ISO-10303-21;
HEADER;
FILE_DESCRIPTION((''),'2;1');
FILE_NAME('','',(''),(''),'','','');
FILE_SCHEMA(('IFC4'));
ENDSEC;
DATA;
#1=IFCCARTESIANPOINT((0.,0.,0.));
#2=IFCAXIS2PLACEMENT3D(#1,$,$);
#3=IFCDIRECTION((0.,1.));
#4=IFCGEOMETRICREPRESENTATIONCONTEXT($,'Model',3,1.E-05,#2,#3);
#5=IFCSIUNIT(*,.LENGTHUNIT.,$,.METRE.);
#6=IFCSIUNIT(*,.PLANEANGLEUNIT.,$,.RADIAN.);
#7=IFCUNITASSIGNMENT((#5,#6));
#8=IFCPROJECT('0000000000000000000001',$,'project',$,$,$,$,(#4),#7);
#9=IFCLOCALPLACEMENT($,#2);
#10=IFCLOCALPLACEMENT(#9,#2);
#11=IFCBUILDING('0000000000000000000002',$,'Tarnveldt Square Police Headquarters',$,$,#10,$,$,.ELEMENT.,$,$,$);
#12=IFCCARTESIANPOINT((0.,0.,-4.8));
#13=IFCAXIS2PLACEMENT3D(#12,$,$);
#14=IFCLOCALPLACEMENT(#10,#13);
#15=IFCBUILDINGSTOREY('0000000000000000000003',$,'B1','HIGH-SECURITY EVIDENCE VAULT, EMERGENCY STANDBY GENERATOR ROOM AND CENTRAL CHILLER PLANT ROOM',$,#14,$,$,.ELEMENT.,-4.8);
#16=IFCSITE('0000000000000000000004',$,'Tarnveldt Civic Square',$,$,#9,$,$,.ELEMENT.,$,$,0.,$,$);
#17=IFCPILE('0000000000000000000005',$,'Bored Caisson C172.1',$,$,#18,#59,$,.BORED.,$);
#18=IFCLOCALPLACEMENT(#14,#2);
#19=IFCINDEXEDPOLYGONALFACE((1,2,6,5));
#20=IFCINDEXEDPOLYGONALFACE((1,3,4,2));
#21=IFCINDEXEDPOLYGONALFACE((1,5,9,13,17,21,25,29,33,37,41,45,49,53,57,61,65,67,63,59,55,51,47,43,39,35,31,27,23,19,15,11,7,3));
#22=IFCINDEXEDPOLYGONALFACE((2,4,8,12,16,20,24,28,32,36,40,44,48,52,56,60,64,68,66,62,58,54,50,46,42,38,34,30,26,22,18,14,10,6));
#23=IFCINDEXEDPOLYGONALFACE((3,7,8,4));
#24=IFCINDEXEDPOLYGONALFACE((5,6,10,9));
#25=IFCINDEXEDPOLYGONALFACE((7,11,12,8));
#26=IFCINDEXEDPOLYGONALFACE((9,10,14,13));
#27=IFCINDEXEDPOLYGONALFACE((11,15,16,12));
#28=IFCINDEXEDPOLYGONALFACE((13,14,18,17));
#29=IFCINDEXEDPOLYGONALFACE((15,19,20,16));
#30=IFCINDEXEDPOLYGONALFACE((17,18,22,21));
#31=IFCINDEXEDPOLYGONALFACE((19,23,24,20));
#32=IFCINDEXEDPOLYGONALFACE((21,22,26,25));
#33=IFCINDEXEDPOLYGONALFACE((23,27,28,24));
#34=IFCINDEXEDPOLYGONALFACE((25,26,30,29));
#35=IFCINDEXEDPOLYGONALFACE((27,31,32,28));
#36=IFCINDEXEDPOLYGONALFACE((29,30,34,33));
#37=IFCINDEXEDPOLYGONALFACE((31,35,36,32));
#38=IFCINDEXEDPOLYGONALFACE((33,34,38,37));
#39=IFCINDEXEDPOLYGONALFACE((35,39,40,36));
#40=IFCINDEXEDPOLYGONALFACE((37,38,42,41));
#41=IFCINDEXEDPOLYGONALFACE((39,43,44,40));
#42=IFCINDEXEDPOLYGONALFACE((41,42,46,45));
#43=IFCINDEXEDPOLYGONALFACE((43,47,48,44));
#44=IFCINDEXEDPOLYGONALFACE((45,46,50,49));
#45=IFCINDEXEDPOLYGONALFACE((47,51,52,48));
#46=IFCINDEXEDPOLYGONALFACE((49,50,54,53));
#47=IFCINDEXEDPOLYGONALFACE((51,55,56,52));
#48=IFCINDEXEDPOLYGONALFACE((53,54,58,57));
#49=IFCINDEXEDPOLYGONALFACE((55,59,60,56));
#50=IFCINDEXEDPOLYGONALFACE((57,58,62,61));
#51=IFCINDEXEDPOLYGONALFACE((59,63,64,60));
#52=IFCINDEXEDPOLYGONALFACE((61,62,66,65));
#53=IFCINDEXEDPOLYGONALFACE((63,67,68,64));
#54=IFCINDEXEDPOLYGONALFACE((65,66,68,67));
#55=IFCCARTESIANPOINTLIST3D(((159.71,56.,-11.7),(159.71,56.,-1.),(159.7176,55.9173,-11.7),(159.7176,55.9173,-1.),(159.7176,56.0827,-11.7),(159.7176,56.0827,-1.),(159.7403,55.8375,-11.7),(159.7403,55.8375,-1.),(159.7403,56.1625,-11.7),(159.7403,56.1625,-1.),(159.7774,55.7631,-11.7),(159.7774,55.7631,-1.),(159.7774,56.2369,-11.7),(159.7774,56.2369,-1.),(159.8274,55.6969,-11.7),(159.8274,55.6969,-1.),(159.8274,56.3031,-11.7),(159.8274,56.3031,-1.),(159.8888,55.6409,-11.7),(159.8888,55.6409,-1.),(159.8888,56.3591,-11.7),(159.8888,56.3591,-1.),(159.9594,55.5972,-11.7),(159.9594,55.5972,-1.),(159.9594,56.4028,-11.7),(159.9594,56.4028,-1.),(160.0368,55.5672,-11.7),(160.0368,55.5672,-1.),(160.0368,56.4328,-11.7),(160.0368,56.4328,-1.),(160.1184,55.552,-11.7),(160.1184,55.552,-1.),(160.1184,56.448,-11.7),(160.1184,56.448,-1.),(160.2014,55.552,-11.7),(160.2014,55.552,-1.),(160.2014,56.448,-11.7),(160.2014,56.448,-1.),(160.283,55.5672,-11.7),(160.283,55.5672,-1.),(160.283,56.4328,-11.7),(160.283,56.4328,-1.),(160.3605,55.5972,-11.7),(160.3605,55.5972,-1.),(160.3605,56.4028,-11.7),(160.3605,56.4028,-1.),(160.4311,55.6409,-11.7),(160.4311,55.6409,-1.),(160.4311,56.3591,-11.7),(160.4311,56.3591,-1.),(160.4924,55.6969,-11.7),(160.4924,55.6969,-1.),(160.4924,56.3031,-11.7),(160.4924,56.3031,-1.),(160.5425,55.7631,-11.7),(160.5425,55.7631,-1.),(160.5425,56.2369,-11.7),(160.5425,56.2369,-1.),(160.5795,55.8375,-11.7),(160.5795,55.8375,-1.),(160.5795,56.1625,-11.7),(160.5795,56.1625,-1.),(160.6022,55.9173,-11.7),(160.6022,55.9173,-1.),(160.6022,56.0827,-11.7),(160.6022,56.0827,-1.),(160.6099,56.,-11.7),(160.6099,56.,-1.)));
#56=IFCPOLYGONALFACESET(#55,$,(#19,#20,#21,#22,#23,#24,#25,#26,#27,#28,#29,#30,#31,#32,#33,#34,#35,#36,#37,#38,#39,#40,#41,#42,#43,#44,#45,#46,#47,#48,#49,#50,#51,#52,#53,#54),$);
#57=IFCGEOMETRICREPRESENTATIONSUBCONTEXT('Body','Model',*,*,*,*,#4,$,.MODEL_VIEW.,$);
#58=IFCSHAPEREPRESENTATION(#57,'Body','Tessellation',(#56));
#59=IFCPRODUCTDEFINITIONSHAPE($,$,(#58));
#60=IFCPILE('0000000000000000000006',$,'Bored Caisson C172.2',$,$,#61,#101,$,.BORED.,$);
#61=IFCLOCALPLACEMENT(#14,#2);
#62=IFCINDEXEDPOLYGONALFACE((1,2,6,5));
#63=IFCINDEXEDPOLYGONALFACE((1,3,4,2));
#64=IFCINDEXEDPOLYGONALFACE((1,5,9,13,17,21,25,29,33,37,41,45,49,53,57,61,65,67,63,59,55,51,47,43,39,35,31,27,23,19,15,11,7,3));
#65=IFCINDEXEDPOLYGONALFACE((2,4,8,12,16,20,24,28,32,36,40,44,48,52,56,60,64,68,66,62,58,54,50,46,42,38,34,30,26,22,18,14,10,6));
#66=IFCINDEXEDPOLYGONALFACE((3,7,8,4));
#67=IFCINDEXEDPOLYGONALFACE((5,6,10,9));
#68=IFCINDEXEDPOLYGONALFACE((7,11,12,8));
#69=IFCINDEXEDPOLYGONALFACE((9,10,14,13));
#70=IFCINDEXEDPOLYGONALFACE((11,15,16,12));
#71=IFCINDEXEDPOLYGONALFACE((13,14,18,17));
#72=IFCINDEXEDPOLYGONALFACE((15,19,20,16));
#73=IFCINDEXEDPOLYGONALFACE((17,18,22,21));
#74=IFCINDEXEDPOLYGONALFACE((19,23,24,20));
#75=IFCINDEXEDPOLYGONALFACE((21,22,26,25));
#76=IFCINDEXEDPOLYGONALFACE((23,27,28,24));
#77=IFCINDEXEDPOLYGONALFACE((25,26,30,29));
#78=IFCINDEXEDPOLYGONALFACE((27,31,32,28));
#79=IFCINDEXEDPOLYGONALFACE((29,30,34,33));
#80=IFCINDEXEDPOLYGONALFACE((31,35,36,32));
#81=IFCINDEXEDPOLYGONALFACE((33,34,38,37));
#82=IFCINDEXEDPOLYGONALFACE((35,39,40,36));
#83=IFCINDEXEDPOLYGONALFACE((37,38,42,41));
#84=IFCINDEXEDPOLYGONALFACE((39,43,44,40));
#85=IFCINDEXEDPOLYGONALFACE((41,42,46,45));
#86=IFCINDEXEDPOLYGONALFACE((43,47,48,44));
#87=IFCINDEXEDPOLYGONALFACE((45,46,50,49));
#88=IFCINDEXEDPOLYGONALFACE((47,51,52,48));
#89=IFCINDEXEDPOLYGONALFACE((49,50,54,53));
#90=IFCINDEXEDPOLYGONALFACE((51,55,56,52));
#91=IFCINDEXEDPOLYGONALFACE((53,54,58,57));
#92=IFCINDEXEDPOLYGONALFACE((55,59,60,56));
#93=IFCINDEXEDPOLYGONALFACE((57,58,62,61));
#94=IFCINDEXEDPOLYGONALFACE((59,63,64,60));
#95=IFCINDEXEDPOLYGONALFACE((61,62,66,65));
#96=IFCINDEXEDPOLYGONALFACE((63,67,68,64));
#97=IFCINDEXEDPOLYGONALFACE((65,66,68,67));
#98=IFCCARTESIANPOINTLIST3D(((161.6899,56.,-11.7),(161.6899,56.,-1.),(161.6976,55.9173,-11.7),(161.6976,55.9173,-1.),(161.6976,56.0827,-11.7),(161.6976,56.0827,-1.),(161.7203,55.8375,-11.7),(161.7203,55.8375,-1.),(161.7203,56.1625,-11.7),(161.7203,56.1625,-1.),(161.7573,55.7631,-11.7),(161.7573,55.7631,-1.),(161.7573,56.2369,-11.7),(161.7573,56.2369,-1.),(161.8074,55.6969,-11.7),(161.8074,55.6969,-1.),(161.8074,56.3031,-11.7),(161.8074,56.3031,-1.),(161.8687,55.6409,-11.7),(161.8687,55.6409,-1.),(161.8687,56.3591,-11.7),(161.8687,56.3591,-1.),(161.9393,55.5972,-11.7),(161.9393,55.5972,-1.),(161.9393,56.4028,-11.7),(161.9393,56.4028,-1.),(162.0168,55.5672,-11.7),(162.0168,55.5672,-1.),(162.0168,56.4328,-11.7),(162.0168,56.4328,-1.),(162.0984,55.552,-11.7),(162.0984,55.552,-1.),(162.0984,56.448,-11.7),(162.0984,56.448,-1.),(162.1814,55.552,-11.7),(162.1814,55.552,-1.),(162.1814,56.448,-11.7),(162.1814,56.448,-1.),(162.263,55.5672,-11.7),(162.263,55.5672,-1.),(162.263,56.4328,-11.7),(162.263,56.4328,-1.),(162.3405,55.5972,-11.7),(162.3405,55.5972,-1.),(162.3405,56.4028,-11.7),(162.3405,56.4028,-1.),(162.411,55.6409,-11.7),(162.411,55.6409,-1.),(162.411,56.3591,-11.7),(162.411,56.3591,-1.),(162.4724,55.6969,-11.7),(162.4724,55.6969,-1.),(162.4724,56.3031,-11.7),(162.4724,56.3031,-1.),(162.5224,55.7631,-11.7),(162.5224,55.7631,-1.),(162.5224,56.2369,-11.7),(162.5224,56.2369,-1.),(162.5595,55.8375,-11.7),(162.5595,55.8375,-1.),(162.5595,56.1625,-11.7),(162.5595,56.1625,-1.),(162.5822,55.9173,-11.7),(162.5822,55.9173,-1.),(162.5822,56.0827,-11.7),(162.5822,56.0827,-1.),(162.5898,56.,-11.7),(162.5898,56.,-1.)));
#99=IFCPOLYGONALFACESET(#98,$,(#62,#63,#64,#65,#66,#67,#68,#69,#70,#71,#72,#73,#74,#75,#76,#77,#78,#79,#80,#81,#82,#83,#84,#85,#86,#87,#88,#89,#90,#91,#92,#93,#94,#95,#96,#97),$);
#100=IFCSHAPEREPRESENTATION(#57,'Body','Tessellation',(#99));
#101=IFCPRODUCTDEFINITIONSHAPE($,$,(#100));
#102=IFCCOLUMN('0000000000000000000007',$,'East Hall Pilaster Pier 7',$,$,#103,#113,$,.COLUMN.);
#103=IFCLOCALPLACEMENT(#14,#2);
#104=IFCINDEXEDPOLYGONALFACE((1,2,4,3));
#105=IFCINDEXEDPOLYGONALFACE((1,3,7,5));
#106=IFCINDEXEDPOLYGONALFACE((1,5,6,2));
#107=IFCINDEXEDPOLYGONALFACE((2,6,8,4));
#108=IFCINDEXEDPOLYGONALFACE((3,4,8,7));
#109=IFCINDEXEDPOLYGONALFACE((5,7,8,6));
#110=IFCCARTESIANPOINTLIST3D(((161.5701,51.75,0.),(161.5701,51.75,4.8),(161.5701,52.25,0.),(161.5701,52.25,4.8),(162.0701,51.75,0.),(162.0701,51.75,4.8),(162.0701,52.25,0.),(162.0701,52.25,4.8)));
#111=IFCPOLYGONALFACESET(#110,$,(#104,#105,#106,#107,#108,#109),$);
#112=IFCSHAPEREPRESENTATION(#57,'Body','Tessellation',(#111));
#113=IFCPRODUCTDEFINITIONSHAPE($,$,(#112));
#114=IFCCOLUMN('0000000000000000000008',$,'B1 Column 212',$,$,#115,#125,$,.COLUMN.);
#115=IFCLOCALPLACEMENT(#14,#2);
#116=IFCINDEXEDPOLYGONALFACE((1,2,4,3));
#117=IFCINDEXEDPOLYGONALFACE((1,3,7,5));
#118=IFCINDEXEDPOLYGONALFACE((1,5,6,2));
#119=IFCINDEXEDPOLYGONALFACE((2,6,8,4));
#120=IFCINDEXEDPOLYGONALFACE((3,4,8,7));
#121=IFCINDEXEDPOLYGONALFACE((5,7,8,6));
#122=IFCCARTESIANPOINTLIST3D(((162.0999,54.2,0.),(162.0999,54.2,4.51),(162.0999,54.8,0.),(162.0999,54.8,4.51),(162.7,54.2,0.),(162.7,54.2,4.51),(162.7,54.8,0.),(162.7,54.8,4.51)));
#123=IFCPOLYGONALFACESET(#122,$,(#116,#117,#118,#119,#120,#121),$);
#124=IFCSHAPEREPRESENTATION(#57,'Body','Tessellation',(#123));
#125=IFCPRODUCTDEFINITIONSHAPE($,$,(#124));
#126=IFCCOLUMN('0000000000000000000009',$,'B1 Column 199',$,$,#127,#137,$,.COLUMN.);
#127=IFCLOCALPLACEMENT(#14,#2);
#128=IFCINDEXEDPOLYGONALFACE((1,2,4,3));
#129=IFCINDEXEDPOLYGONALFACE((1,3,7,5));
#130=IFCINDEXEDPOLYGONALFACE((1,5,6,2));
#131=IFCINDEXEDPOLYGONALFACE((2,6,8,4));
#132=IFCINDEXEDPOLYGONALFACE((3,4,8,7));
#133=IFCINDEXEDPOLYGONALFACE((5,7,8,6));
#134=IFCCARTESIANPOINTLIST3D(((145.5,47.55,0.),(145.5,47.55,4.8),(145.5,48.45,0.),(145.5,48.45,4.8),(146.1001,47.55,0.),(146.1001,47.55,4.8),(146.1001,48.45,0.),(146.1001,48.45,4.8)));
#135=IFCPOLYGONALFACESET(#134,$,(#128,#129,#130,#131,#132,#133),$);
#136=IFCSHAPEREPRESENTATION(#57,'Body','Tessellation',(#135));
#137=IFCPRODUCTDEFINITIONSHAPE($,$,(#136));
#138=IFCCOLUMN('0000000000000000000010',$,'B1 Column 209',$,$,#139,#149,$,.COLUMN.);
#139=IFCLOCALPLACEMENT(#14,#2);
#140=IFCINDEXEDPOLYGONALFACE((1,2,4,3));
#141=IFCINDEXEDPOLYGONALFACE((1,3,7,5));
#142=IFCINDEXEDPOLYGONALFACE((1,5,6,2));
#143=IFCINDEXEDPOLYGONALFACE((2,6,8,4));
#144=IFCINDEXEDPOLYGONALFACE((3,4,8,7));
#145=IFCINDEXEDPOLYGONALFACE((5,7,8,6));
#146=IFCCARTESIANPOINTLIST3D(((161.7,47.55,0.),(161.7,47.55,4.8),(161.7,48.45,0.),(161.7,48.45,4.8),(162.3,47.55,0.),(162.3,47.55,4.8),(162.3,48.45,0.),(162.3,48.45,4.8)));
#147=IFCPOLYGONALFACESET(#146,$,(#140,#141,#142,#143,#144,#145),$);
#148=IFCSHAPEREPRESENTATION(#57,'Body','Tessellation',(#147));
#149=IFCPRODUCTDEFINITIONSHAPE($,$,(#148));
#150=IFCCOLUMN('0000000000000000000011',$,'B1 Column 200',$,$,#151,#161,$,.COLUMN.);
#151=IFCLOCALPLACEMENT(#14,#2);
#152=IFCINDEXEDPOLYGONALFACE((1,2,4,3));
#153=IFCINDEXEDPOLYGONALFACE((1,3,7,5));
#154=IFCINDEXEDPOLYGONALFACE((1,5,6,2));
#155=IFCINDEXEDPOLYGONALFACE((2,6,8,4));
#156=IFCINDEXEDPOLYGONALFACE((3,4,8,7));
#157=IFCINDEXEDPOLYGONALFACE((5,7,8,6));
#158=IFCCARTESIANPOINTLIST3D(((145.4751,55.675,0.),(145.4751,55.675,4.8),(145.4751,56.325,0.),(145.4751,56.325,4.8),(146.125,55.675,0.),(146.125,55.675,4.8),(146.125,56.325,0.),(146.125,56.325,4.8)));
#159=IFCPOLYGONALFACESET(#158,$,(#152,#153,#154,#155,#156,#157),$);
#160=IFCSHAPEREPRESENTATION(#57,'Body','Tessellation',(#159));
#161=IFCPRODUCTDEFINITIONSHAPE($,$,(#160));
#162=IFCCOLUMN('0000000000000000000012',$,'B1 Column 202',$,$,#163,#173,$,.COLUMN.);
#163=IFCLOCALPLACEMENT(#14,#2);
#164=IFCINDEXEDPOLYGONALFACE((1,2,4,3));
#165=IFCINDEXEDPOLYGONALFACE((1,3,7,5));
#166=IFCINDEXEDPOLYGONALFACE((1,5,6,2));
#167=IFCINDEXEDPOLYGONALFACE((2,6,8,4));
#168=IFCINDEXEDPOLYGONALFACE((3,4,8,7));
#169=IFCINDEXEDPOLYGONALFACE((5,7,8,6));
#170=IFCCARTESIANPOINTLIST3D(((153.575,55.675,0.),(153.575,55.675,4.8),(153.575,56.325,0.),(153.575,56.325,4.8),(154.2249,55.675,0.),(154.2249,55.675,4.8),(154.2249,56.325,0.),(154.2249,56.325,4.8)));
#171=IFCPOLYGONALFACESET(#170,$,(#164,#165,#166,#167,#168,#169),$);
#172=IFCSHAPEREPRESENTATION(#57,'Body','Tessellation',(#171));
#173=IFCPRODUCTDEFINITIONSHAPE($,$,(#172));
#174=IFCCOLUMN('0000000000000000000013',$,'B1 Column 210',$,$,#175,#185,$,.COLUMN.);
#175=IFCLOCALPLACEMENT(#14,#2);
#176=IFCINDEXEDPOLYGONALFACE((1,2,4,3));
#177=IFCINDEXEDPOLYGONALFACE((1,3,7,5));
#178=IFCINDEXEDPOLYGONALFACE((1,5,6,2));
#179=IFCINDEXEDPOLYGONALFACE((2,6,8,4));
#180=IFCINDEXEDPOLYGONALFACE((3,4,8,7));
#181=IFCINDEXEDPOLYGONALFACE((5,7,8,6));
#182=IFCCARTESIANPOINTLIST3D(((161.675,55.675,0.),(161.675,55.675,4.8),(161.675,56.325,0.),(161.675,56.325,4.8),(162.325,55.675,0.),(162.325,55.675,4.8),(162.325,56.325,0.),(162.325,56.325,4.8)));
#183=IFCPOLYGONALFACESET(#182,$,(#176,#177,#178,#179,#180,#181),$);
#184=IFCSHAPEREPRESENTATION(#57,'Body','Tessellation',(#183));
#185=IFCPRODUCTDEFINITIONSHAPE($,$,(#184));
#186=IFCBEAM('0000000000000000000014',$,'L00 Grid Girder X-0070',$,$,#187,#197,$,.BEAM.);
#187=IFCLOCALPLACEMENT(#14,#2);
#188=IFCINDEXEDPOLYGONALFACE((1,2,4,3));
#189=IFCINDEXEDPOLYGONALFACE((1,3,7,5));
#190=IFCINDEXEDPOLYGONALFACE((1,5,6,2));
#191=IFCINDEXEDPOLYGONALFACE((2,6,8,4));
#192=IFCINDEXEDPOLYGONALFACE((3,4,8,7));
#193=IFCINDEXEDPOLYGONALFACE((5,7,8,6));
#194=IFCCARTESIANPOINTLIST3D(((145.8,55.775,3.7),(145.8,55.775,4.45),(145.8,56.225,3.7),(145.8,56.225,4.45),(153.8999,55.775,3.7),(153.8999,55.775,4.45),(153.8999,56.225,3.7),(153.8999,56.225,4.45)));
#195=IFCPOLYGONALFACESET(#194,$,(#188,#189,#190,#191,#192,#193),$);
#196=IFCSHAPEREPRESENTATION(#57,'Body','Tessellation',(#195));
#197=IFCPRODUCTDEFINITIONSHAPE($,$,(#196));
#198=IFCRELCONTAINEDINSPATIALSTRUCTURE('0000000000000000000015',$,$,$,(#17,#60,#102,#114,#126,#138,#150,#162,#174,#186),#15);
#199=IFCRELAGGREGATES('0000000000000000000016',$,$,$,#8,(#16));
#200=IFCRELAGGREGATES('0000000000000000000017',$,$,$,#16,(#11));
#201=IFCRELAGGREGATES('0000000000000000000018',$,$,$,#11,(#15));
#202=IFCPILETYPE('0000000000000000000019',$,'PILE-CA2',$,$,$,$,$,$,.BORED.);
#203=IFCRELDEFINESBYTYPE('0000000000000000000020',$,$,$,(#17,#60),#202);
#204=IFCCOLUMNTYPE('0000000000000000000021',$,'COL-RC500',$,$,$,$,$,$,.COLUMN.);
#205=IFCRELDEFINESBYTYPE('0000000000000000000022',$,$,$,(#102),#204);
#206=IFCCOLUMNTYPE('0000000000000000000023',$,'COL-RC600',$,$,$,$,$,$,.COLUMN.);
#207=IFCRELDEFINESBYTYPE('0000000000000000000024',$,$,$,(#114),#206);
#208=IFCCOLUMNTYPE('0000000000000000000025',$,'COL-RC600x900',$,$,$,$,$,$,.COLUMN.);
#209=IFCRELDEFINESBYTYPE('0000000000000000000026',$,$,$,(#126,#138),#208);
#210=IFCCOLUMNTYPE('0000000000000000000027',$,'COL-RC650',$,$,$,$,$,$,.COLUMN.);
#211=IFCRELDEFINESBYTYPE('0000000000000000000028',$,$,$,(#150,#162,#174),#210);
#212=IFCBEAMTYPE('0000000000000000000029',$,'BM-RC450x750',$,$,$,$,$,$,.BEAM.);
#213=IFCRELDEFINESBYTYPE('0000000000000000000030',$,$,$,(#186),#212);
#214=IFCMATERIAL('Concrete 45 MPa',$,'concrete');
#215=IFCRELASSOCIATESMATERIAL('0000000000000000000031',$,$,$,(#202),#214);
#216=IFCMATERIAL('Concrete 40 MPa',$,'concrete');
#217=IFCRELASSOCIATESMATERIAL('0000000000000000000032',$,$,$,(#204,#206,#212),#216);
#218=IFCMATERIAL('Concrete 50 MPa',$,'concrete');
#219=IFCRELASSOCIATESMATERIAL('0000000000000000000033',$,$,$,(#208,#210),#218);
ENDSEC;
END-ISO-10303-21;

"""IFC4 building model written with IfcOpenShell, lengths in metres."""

from ifc_helpers import new_model, si_unit, direction, frame, origin, origin_2d, place, context, subcontext, project, spatial, rectangle, circle, extrude, material, material_profile, profile_set, type_object, element, save


model = new_model("IFC4")

# Units and contexts
model_context = context("Model", 3, precision=1e-05, world=origin(), true_north=direction((0.0, 1.0)))
body_context = subcontext(model_context, "Body", "Model", "MODEL_VIEW")
ifc_project = project(units=[si_unit("LENGTHUNIT", "METRE"), si_unit("PLANEANGLEUNIT", "RADIAN")], contexts=[model_context])

# Site, building, storey
site_placement = place(None, origin())
site = spatial("IfcSite", under=ifc_project, at=site_placement, Name="Tarnveldt Civic Square", CompositionType="ELEMENT", RefElevation=0.0)
building_placement = place(site_placement, origin())
building = spatial("IfcBuilding", under=site, at=building_placement, Name="Tarnveldt Square Police Headquarters", CompositionType="ELEMENT")
storey_placement = place(building_placement, frame((0.0, 0.0, -4.8)))
storey = spatial("IfcBuildingStorey", under=building, at=storey_placement, Name="B1", Description="HIGH-SECURITY EVIDENCE VAULT, EMERGENCY STANDBY GENERATOR ROOM AND CENTRAL CHILLER PLANT ROOM", CompositionType="ELEMENT", Elevation=-4.8)

# Shared definitions
ifc_material_1 = material(Name="Concrete 45 MPa", Category="concrete")

# Piles
ifc_material_profile_1 = material_profile(ifc_material_1, circle(Radius=0.45, at=origin_2d()), Name="CAISSON-D900")
ifc_profile_set_1 = profile_set([ifc_material_profile_1], Name="Concrete 45 MPa")
pile_type_1 = type_object("IfcPileType", Name="PILE-CA2", PredefinedType="BORED", material=ifc_profile_set_1)
for number, where, z_axis, x_axis, name in (
    (1, (160.1599, 56.0, -1.0), (0.0, 0.0, -1.0), (1.0, 0.0, 0.0), "Bored Caisson C172.1"),
    (2, (162.1399, 56.0, -1.0), (0.0, 0.0, -1.0), (1.0, 0.0, 0.0), "Bored Caisson C172.2"),
):
    element("IfcPile", number, at=place(storey_placement, frame(where, z_axis=z_axis, x_axis=x_axis)), inside=storey, type_object=pile_type_1, Name=name, PredefinedType="BORED", context=body_context, shape_type="SweptSolid", body=[
        extrude(circle(Radius=0.45, at=origin_2d()), origin(), (0.0, 0.0, 1.0), 10.7),
    ])

# Columns
ifc_material_2 = material(Name="Concrete 40 MPa", Category="concrete")
ifc_material_profile_2 = material_profile(ifc_material_2, rectangle(XDim=0.5, YDim=0.5, at=origin_2d()), Name="RC-C500x500")
ifc_profile_set_2 = profile_set([ifc_material_profile_2], Name="Concrete 40 MPa")
column_type_1 = type_object("IfcColumnType", Name="COL-RC500", PredefinedType="COLUMN", material=ifc_profile_set_2)
column_1_placement = place(storey_placement, frame((161.8201, 52.0, 0.0), z_axis=(0.0, 0.0, 1.0), x_axis=(1.0, 0.0, 0.0)))
element("IfcColumn", 3, at=column_1_placement, inside=storey, type_object=column_type_1, Name="East Hall Pilaster Pier 7", PredefinedType="COLUMN", context=body_context, shape_type="SweptSolid", body=[
    extrude(rectangle(XDim=0.5, YDim=0.5, at=origin_2d()), origin(), (0.0, 0.0, 1.0), 4.8),
])
ifc_material_profile_3 = material_profile(ifc_material_2, rectangle(XDim=0.6001, YDim=0.6001, at=origin_2d()), Name="RC-C600x600")
ifc_profile_set_3 = profile_set([ifc_material_profile_3], Name="Concrete 40 MPa")
column_type_2 = type_object("IfcColumnType", Name="COL-RC600", PredefinedType="COLUMN", material=ifc_profile_set_3)
column_2_placement = place(storey_placement, frame((162.3999, 54.5, 0.0), z_axis=(0.0, 0.0, 1.0), x_axis=(1.0, 0.0, 0.0)))
element("IfcColumn", 4, at=column_2_placement, inside=storey, type_object=column_type_2, Name="B1 Column 212", PredefinedType="COLUMN", context=body_context, shape_type="SweptSolid", body=[
    extrude(rectangle(XDim=0.6001, YDim=0.6001, at=origin_2d()), origin(), (0.0, 0.0, 1.0), 4.51),
])
ifc_material_3 = material(Name="Concrete 50 MPa", Category="concrete")
ifc_material_profile_4 = material_profile(ifc_material_3, rectangle(XDim=0.6001, YDim=0.8999, at=origin_2d()), Name="RC-C600x900")
ifc_profile_set_4 = profile_set([ifc_material_profile_4], Name="Concrete 50 MPa")
column_type_3 = type_object("IfcColumnType", Name="COL-RC600x900", PredefinedType="COLUMN", material=ifc_profile_set_4)
for number, where, z_axis, x_axis, name in (
    (5, (145.8, 48.0, 0.0), (0.0, 0.0, 1.0), (1.0, 0.0, 0.0), "B1 Column 199"),
    (6, (162.0, 48.0, 0.0), (0.0, 0.0, 1.0), (1.0, 0.0, 0.0), "B1 Column 209"),
):
    element("IfcColumn", number, at=place(storey_placement, frame(where, z_axis=z_axis, x_axis=x_axis)), inside=storey, type_object=column_type_3, Name=name, PredefinedType="COLUMN", context=body_context, shape_type="SweptSolid", body=[
        extrude(rectangle(XDim=0.6001, YDim=0.8999, at=origin_2d()), origin(), (0.0, 0.0, 1.0), 4.8),
    ])
ifc_material_profile_5 = material_profile(ifc_material_3, rectangle(XDim=0.6499, YDim=0.6499, at=origin_2d()), Name="RC-C650x650")
ifc_profile_set_5 = profile_set([ifc_material_profile_5], Name="Concrete 50 MPa")
column_type_4 = type_object("IfcColumnType", Name="COL-RC650", PredefinedType="COLUMN", material=ifc_profile_set_5)
for number, where, z_axis, x_axis, name in (
    (7, (145.8, 56.0, 0.0), (0.0, 0.0, 1.0), (1.0, 0.0, 0.0), "B1 Column 200"),
    (8, (153.8999, 56.0, 0.0), (0.0, 0.0, 1.0), (1.0, 0.0, 0.0), "B1 Column 202"),
    (9, (162.0, 56.0, 0.0), (0.0, 0.0, 1.0), (1.0, 0.0, 0.0), "B1 Column 210"),
):
    element("IfcColumn", number, at=place(storey_placement, frame(where, z_axis=z_axis, x_axis=x_axis)), inside=storey, type_object=column_type_4, Name=name, PredefinedType="COLUMN", context=body_context, shape_type="SweptSolid", body=[
        extrude(rectangle(XDim=0.6499, YDim=0.6499, at=origin_2d()), origin(), (0.0, 0.0, 1.0), 4.8),
    ])

# Beam
ifc_material_profile_6 = material_profile(ifc_material_2, rectangle(XDim=0.45, YDim=0.75, at=origin_2d()), Name="RC-B450x750")
ifc_profile_set_6 = profile_set([ifc_material_profile_6], Name="Concrete 40 MPa")
beam_type_1 = type_object("IfcBeamType", Name="BM-RC450x750", PredefinedType="BEAM", material=ifc_profile_set_6)
beam_1_placement = place(storey_placement, frame((145.8, 56.0, 4.075), z_axis=(1.0, 0.0, 0.0), x_axis=(0.0, 1.0, 0.0)))
element("IfcBeam", 10, at=beam_1_placement, inside=storey, type_object=beam_type_1, Name="L00 Grid Girder X-0070", PredefinedType="BEAM", context=body_context, shape_type="SweptSolid", body=[
    extrude(rectangle(XDim=0.45, YDim=0.75, at=origin_2d()), origin(), (0.0, 0.0, 1.0), 8.0999),
])

save(model, "model.ifc")
